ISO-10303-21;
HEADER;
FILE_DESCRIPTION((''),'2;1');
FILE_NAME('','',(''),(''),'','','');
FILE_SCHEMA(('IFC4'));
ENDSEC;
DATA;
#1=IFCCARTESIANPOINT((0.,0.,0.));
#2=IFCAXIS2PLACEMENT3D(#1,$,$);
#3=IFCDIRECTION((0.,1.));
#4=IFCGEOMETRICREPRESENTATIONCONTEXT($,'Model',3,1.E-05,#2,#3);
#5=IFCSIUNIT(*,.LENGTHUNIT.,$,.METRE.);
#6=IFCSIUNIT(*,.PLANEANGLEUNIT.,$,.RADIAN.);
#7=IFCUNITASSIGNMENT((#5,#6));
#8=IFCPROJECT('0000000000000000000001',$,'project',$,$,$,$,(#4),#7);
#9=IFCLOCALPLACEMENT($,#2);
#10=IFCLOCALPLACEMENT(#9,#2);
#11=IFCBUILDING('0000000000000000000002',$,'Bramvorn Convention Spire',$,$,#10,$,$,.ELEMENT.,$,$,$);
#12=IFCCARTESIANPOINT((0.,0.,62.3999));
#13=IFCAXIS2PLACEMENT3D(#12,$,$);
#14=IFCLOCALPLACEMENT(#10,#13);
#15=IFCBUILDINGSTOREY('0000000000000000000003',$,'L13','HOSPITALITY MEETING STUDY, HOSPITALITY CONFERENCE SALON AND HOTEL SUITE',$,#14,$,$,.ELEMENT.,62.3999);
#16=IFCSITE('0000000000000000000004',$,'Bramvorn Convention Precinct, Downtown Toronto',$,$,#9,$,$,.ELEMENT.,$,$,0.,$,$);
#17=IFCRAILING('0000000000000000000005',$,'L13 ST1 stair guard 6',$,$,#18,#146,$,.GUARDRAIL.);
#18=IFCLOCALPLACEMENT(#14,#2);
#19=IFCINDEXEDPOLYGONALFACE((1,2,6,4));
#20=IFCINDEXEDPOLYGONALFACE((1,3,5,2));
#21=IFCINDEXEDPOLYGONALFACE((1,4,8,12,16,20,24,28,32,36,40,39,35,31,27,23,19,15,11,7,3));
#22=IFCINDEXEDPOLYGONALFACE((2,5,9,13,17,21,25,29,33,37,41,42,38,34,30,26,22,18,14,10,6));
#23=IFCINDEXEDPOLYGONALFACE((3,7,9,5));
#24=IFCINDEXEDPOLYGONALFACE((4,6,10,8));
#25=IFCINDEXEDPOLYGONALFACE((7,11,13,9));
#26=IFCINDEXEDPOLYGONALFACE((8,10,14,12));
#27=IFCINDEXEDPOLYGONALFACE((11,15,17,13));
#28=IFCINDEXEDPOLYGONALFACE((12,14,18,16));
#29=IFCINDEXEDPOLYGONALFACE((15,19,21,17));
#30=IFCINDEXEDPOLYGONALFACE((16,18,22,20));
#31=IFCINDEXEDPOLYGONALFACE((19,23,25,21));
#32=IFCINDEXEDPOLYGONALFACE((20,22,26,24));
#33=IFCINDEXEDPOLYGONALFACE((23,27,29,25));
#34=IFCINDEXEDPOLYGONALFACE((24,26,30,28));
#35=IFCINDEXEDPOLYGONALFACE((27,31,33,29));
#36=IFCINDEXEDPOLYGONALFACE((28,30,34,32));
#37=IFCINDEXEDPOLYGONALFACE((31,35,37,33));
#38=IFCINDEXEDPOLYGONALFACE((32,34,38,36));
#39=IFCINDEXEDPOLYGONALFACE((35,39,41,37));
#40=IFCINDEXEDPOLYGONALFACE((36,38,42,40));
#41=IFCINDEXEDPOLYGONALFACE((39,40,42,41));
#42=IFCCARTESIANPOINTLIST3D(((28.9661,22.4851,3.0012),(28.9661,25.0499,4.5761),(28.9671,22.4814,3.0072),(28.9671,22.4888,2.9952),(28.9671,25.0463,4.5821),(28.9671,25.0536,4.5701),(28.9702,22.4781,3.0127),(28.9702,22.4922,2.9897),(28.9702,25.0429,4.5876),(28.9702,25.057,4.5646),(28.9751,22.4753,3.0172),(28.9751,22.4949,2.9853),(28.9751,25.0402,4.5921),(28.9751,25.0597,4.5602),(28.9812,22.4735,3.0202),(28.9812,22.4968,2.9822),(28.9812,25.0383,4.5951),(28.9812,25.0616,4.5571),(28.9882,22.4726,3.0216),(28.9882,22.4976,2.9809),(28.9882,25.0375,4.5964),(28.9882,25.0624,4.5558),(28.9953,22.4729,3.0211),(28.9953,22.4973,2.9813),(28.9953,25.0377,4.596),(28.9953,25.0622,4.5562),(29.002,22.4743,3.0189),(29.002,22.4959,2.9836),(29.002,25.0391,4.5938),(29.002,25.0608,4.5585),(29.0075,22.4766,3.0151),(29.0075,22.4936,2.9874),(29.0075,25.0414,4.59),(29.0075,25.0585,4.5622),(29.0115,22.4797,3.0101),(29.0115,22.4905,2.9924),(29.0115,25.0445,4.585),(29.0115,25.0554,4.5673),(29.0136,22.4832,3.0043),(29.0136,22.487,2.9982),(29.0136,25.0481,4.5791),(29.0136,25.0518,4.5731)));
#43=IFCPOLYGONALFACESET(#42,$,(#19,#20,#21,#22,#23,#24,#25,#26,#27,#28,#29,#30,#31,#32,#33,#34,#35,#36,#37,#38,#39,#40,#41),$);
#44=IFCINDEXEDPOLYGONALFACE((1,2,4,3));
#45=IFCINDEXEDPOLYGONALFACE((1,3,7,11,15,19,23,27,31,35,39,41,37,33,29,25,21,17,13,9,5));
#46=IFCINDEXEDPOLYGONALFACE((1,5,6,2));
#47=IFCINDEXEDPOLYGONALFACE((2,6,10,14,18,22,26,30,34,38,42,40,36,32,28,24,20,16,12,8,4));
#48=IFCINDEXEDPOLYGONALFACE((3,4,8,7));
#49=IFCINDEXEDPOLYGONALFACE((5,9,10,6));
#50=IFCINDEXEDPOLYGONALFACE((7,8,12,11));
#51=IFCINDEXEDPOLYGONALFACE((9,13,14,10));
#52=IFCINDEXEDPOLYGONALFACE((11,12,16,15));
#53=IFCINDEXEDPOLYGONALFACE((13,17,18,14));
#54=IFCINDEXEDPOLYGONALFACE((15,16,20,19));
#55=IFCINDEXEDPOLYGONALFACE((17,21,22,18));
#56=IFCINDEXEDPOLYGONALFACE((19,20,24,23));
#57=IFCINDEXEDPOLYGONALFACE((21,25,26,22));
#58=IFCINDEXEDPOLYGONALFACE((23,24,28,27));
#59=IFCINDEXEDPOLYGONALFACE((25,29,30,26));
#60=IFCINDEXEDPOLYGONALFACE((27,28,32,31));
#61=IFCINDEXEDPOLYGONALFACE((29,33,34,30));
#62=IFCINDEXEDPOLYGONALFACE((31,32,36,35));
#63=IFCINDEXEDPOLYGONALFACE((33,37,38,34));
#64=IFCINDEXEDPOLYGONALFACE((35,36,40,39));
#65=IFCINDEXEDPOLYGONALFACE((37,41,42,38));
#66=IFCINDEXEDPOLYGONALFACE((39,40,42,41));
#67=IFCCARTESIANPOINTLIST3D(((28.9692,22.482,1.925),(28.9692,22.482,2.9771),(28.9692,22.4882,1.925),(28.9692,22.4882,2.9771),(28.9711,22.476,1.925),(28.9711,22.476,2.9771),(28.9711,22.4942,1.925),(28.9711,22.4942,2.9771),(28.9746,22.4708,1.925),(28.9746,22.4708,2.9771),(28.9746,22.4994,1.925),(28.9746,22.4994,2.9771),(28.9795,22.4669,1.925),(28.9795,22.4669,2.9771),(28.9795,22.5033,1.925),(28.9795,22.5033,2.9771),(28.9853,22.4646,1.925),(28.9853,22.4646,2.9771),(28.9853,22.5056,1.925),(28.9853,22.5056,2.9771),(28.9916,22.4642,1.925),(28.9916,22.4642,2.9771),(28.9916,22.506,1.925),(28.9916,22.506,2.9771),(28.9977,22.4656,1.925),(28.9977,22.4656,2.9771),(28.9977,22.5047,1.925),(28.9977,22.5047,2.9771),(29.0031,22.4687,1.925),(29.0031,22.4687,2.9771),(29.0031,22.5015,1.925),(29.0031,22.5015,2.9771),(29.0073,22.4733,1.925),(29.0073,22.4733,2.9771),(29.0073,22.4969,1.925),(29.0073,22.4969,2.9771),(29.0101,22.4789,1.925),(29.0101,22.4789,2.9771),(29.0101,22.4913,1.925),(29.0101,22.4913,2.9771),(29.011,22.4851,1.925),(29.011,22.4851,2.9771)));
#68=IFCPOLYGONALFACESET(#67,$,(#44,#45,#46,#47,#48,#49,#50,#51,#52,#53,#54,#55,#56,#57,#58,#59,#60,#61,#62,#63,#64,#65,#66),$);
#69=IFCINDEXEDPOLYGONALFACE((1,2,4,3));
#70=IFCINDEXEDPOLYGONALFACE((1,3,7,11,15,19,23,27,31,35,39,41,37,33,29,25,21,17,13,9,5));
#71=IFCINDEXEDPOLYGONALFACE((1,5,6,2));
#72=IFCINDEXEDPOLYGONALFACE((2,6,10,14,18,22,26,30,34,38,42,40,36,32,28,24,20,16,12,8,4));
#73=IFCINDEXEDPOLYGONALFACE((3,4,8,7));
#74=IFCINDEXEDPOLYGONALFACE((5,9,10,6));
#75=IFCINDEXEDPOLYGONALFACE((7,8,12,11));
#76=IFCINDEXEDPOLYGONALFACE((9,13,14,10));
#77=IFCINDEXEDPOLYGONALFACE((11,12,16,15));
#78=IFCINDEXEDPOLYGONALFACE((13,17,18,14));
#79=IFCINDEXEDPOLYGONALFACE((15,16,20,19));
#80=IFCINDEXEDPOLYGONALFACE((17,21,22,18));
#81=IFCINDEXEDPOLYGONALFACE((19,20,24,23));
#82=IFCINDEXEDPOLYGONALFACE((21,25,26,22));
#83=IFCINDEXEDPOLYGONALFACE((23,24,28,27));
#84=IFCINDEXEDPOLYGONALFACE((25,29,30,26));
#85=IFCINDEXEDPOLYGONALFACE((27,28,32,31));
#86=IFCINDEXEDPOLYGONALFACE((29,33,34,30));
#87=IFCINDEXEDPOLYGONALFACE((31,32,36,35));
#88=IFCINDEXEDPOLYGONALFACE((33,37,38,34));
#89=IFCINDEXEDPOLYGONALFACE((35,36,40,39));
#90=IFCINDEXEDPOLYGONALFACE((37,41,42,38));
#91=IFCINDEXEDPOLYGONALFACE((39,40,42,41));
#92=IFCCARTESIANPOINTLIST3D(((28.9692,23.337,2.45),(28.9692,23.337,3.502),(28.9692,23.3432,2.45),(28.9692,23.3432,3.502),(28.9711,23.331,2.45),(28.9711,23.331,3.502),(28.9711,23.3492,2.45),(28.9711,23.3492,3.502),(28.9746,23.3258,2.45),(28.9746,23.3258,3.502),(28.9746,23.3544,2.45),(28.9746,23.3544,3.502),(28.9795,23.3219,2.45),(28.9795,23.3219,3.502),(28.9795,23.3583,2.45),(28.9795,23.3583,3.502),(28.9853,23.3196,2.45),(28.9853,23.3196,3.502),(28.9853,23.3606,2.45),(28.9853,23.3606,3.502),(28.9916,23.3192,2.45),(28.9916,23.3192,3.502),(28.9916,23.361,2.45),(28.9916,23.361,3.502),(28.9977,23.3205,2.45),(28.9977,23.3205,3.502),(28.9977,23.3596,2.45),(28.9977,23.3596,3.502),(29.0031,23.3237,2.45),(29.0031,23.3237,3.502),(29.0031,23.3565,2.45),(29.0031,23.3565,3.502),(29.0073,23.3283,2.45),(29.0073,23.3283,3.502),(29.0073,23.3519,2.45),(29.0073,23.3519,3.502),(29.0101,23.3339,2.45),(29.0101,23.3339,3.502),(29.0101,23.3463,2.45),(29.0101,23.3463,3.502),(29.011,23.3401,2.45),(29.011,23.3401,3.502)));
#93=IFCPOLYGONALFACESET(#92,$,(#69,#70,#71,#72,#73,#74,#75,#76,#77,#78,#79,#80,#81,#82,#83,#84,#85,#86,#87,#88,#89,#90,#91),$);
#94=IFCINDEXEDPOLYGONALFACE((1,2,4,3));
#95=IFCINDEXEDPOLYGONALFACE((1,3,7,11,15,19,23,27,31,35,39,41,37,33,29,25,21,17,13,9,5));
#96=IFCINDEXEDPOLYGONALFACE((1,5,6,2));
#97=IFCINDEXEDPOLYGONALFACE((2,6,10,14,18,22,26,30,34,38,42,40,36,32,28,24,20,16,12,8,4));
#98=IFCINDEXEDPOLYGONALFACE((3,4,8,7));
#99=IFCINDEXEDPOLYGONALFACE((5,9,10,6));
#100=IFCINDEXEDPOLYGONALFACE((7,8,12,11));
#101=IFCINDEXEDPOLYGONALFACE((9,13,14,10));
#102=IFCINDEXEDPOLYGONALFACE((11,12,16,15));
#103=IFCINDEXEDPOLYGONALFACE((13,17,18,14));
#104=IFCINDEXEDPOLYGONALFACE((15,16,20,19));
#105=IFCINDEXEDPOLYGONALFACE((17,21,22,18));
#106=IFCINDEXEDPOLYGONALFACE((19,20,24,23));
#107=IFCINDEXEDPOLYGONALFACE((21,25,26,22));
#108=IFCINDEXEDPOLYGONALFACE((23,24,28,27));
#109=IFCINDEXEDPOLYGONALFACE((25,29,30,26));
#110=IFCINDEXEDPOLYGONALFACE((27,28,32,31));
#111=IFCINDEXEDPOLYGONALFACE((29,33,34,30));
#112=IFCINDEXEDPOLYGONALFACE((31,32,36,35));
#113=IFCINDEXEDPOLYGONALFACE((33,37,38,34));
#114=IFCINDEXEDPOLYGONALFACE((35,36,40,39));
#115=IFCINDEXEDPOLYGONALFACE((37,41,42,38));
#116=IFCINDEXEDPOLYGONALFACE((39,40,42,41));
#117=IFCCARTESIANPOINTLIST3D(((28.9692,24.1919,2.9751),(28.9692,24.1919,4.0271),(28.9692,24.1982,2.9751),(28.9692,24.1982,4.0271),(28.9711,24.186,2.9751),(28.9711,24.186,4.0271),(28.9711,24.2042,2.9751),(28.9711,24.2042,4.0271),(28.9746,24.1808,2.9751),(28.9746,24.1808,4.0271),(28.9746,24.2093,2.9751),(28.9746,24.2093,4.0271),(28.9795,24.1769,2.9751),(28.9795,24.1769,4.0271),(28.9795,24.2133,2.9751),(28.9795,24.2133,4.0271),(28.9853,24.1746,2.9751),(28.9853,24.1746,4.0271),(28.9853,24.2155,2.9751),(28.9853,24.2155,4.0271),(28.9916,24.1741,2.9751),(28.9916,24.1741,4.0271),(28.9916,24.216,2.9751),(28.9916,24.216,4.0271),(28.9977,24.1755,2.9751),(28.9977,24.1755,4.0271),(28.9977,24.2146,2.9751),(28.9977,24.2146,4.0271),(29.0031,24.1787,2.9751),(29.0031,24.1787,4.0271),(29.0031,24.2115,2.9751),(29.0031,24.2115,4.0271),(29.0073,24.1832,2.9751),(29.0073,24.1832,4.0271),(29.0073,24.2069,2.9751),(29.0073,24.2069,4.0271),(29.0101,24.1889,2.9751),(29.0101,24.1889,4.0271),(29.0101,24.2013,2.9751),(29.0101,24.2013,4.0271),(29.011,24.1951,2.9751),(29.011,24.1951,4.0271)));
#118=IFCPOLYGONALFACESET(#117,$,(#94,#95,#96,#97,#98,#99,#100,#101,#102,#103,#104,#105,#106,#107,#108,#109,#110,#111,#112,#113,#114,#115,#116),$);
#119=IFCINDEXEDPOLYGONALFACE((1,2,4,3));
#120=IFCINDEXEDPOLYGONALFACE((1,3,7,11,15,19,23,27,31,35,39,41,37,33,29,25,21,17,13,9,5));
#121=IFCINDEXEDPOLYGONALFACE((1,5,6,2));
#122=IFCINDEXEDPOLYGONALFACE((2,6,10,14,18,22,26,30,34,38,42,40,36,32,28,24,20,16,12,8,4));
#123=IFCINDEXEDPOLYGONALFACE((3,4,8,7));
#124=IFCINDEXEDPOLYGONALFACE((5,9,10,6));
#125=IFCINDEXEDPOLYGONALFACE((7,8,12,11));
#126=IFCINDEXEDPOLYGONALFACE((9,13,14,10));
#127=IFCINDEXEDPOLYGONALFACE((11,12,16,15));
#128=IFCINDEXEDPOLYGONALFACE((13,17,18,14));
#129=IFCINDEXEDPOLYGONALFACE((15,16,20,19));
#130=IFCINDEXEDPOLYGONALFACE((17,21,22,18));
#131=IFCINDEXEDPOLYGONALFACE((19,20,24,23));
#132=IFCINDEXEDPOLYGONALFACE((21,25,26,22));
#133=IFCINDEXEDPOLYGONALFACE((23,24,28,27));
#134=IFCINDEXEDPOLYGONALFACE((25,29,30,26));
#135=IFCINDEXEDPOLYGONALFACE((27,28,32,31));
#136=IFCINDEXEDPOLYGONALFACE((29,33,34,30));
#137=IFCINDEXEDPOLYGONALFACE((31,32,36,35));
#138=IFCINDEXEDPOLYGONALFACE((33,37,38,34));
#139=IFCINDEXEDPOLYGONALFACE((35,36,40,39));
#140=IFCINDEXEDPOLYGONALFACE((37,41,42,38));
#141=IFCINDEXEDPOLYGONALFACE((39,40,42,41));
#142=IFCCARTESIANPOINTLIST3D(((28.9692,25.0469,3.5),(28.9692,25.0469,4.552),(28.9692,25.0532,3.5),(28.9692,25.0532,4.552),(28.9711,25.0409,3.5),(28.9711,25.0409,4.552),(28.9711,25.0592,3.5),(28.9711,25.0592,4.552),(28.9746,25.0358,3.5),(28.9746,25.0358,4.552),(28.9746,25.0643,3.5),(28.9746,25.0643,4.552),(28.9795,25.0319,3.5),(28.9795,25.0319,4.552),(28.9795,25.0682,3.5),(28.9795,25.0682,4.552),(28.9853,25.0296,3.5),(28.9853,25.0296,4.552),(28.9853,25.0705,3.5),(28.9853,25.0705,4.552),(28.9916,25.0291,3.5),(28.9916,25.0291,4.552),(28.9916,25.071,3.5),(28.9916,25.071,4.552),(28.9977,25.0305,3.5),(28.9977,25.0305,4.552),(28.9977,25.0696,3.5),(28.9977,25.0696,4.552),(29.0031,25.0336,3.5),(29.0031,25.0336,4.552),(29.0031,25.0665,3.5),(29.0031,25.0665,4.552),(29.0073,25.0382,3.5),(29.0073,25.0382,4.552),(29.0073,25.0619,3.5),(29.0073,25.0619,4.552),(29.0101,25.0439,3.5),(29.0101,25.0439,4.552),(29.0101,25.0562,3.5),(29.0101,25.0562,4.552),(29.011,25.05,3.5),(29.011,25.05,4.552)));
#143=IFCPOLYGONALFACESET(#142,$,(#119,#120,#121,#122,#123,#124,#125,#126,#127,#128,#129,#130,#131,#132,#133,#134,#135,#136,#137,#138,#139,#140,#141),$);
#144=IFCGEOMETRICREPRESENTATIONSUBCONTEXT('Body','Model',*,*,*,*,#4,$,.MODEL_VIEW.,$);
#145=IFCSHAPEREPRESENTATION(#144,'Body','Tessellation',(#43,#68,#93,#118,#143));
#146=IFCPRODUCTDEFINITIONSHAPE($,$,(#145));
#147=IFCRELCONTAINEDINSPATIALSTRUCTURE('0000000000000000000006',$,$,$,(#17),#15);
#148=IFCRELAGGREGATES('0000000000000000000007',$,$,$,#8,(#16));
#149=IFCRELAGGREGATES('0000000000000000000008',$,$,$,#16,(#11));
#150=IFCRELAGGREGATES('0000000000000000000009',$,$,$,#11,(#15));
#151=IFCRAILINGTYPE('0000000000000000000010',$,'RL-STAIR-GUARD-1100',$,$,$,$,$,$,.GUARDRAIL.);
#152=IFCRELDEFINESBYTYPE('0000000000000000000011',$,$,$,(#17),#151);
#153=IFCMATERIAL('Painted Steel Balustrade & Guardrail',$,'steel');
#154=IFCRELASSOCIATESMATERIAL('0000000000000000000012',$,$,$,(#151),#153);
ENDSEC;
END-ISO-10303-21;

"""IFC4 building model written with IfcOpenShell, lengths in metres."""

from ifc_helpers import new_model, si_unit, direction, frame, origin, origin_2d, place, context, subcontext, project, spatial, circle, extrude, material, type_object, element, save


model = new_model("IFC4")

# Units and contexts
model_context = context("Model", 3, precision=1e-05, world=origin(), true_north=direction((0.0, 1.0)))
body_context = subcontext(model_context, "Body", "Model", "MODEL_VIEW")
ifc_project = project(units=[si_unit("LENGTHUNIT", "METRE"), si_unit("PLANEANGLEUNIT", "RADIAN")], contexts=[model_context])

# Site, building, storey
site_placement = place(None, origin())
site = spatial("IfcSite", under=ifc_project, at=site_placement, Name="Bramvorn Convention Precinct, Downtown Toronto", CompositionType="ELEMENT", RefElevation=0.0)
building_placement = place(site_placement, origin())
building = spatial("IfcBuilding", under=site, at=building_placement, Name="Bramvorn Convention Spire", CompositionType="ELEMENT")
storey_placement = place(building_placement, frame((0.0, 0.0, 62.3999)))
storey = spatial("IfcBuildingStorey", under=building, at=storey_placement, Name="L13", Description="HOSPITALITY MEETING STUDY, HOSPITALITY CONFERENCE SALON AND HOTEL SUITE", CompositionType="ELEMENT", Elevation=62.3999)

# Railing
ifc_material_1 = material(Name="Painted Steel Balustrade & Guardrail", Category="steel")
railing_type_1 = type_object("IfcRailingType", Name="RL-STAIR-GUARD-1100", PredefinedType="GUARDRAIL", material=ifc_material_1)
railing_1_placement = place(storey_placement, frame((28.99, 22.4851, 1.925)))
element("IfcRailing", 1, at=railing_1_placement, inside=storey, type_object=railing_type_1, Name="L13 ST1 stair guard 6", PredefinedType="GUARDRAIL", context=body_context, shape_type="SweptSolid", body=[
    extrude(circle(Radius=0.0239, at=origin_2d()), frame((0.0, 0.0, 1.0762), z_axis=(0.0, 0.852173, 0.52326), x_axis=(-1.0, 0.0, 0.0)), (0.0, 0.0, 1.0), 3.0098),
    extrude(circle(Radius=0.021, at=origin_2d()), origin(), (0.0, 0.0, 1.0), 1.052),
    extrude(circle(Radius=0.021, at=origin_2d()), frame((0.0, 0.855, 0.5249)), (0.0, 0.0, 1.0), 1.052),
    extrude(circle(Radius=0.021, at=origin_2d()), frame((0.0, 1.71, 1.05)), (0.0, 0.0, 1.0), 1.052),
    extrude(circle(Radius=0.021, at=origin_2d()), frame((0.0, 2.5649, 1.575)), (0.0, 0.0, 1.0), 1.052),
])

save(model, "model.ifc")
